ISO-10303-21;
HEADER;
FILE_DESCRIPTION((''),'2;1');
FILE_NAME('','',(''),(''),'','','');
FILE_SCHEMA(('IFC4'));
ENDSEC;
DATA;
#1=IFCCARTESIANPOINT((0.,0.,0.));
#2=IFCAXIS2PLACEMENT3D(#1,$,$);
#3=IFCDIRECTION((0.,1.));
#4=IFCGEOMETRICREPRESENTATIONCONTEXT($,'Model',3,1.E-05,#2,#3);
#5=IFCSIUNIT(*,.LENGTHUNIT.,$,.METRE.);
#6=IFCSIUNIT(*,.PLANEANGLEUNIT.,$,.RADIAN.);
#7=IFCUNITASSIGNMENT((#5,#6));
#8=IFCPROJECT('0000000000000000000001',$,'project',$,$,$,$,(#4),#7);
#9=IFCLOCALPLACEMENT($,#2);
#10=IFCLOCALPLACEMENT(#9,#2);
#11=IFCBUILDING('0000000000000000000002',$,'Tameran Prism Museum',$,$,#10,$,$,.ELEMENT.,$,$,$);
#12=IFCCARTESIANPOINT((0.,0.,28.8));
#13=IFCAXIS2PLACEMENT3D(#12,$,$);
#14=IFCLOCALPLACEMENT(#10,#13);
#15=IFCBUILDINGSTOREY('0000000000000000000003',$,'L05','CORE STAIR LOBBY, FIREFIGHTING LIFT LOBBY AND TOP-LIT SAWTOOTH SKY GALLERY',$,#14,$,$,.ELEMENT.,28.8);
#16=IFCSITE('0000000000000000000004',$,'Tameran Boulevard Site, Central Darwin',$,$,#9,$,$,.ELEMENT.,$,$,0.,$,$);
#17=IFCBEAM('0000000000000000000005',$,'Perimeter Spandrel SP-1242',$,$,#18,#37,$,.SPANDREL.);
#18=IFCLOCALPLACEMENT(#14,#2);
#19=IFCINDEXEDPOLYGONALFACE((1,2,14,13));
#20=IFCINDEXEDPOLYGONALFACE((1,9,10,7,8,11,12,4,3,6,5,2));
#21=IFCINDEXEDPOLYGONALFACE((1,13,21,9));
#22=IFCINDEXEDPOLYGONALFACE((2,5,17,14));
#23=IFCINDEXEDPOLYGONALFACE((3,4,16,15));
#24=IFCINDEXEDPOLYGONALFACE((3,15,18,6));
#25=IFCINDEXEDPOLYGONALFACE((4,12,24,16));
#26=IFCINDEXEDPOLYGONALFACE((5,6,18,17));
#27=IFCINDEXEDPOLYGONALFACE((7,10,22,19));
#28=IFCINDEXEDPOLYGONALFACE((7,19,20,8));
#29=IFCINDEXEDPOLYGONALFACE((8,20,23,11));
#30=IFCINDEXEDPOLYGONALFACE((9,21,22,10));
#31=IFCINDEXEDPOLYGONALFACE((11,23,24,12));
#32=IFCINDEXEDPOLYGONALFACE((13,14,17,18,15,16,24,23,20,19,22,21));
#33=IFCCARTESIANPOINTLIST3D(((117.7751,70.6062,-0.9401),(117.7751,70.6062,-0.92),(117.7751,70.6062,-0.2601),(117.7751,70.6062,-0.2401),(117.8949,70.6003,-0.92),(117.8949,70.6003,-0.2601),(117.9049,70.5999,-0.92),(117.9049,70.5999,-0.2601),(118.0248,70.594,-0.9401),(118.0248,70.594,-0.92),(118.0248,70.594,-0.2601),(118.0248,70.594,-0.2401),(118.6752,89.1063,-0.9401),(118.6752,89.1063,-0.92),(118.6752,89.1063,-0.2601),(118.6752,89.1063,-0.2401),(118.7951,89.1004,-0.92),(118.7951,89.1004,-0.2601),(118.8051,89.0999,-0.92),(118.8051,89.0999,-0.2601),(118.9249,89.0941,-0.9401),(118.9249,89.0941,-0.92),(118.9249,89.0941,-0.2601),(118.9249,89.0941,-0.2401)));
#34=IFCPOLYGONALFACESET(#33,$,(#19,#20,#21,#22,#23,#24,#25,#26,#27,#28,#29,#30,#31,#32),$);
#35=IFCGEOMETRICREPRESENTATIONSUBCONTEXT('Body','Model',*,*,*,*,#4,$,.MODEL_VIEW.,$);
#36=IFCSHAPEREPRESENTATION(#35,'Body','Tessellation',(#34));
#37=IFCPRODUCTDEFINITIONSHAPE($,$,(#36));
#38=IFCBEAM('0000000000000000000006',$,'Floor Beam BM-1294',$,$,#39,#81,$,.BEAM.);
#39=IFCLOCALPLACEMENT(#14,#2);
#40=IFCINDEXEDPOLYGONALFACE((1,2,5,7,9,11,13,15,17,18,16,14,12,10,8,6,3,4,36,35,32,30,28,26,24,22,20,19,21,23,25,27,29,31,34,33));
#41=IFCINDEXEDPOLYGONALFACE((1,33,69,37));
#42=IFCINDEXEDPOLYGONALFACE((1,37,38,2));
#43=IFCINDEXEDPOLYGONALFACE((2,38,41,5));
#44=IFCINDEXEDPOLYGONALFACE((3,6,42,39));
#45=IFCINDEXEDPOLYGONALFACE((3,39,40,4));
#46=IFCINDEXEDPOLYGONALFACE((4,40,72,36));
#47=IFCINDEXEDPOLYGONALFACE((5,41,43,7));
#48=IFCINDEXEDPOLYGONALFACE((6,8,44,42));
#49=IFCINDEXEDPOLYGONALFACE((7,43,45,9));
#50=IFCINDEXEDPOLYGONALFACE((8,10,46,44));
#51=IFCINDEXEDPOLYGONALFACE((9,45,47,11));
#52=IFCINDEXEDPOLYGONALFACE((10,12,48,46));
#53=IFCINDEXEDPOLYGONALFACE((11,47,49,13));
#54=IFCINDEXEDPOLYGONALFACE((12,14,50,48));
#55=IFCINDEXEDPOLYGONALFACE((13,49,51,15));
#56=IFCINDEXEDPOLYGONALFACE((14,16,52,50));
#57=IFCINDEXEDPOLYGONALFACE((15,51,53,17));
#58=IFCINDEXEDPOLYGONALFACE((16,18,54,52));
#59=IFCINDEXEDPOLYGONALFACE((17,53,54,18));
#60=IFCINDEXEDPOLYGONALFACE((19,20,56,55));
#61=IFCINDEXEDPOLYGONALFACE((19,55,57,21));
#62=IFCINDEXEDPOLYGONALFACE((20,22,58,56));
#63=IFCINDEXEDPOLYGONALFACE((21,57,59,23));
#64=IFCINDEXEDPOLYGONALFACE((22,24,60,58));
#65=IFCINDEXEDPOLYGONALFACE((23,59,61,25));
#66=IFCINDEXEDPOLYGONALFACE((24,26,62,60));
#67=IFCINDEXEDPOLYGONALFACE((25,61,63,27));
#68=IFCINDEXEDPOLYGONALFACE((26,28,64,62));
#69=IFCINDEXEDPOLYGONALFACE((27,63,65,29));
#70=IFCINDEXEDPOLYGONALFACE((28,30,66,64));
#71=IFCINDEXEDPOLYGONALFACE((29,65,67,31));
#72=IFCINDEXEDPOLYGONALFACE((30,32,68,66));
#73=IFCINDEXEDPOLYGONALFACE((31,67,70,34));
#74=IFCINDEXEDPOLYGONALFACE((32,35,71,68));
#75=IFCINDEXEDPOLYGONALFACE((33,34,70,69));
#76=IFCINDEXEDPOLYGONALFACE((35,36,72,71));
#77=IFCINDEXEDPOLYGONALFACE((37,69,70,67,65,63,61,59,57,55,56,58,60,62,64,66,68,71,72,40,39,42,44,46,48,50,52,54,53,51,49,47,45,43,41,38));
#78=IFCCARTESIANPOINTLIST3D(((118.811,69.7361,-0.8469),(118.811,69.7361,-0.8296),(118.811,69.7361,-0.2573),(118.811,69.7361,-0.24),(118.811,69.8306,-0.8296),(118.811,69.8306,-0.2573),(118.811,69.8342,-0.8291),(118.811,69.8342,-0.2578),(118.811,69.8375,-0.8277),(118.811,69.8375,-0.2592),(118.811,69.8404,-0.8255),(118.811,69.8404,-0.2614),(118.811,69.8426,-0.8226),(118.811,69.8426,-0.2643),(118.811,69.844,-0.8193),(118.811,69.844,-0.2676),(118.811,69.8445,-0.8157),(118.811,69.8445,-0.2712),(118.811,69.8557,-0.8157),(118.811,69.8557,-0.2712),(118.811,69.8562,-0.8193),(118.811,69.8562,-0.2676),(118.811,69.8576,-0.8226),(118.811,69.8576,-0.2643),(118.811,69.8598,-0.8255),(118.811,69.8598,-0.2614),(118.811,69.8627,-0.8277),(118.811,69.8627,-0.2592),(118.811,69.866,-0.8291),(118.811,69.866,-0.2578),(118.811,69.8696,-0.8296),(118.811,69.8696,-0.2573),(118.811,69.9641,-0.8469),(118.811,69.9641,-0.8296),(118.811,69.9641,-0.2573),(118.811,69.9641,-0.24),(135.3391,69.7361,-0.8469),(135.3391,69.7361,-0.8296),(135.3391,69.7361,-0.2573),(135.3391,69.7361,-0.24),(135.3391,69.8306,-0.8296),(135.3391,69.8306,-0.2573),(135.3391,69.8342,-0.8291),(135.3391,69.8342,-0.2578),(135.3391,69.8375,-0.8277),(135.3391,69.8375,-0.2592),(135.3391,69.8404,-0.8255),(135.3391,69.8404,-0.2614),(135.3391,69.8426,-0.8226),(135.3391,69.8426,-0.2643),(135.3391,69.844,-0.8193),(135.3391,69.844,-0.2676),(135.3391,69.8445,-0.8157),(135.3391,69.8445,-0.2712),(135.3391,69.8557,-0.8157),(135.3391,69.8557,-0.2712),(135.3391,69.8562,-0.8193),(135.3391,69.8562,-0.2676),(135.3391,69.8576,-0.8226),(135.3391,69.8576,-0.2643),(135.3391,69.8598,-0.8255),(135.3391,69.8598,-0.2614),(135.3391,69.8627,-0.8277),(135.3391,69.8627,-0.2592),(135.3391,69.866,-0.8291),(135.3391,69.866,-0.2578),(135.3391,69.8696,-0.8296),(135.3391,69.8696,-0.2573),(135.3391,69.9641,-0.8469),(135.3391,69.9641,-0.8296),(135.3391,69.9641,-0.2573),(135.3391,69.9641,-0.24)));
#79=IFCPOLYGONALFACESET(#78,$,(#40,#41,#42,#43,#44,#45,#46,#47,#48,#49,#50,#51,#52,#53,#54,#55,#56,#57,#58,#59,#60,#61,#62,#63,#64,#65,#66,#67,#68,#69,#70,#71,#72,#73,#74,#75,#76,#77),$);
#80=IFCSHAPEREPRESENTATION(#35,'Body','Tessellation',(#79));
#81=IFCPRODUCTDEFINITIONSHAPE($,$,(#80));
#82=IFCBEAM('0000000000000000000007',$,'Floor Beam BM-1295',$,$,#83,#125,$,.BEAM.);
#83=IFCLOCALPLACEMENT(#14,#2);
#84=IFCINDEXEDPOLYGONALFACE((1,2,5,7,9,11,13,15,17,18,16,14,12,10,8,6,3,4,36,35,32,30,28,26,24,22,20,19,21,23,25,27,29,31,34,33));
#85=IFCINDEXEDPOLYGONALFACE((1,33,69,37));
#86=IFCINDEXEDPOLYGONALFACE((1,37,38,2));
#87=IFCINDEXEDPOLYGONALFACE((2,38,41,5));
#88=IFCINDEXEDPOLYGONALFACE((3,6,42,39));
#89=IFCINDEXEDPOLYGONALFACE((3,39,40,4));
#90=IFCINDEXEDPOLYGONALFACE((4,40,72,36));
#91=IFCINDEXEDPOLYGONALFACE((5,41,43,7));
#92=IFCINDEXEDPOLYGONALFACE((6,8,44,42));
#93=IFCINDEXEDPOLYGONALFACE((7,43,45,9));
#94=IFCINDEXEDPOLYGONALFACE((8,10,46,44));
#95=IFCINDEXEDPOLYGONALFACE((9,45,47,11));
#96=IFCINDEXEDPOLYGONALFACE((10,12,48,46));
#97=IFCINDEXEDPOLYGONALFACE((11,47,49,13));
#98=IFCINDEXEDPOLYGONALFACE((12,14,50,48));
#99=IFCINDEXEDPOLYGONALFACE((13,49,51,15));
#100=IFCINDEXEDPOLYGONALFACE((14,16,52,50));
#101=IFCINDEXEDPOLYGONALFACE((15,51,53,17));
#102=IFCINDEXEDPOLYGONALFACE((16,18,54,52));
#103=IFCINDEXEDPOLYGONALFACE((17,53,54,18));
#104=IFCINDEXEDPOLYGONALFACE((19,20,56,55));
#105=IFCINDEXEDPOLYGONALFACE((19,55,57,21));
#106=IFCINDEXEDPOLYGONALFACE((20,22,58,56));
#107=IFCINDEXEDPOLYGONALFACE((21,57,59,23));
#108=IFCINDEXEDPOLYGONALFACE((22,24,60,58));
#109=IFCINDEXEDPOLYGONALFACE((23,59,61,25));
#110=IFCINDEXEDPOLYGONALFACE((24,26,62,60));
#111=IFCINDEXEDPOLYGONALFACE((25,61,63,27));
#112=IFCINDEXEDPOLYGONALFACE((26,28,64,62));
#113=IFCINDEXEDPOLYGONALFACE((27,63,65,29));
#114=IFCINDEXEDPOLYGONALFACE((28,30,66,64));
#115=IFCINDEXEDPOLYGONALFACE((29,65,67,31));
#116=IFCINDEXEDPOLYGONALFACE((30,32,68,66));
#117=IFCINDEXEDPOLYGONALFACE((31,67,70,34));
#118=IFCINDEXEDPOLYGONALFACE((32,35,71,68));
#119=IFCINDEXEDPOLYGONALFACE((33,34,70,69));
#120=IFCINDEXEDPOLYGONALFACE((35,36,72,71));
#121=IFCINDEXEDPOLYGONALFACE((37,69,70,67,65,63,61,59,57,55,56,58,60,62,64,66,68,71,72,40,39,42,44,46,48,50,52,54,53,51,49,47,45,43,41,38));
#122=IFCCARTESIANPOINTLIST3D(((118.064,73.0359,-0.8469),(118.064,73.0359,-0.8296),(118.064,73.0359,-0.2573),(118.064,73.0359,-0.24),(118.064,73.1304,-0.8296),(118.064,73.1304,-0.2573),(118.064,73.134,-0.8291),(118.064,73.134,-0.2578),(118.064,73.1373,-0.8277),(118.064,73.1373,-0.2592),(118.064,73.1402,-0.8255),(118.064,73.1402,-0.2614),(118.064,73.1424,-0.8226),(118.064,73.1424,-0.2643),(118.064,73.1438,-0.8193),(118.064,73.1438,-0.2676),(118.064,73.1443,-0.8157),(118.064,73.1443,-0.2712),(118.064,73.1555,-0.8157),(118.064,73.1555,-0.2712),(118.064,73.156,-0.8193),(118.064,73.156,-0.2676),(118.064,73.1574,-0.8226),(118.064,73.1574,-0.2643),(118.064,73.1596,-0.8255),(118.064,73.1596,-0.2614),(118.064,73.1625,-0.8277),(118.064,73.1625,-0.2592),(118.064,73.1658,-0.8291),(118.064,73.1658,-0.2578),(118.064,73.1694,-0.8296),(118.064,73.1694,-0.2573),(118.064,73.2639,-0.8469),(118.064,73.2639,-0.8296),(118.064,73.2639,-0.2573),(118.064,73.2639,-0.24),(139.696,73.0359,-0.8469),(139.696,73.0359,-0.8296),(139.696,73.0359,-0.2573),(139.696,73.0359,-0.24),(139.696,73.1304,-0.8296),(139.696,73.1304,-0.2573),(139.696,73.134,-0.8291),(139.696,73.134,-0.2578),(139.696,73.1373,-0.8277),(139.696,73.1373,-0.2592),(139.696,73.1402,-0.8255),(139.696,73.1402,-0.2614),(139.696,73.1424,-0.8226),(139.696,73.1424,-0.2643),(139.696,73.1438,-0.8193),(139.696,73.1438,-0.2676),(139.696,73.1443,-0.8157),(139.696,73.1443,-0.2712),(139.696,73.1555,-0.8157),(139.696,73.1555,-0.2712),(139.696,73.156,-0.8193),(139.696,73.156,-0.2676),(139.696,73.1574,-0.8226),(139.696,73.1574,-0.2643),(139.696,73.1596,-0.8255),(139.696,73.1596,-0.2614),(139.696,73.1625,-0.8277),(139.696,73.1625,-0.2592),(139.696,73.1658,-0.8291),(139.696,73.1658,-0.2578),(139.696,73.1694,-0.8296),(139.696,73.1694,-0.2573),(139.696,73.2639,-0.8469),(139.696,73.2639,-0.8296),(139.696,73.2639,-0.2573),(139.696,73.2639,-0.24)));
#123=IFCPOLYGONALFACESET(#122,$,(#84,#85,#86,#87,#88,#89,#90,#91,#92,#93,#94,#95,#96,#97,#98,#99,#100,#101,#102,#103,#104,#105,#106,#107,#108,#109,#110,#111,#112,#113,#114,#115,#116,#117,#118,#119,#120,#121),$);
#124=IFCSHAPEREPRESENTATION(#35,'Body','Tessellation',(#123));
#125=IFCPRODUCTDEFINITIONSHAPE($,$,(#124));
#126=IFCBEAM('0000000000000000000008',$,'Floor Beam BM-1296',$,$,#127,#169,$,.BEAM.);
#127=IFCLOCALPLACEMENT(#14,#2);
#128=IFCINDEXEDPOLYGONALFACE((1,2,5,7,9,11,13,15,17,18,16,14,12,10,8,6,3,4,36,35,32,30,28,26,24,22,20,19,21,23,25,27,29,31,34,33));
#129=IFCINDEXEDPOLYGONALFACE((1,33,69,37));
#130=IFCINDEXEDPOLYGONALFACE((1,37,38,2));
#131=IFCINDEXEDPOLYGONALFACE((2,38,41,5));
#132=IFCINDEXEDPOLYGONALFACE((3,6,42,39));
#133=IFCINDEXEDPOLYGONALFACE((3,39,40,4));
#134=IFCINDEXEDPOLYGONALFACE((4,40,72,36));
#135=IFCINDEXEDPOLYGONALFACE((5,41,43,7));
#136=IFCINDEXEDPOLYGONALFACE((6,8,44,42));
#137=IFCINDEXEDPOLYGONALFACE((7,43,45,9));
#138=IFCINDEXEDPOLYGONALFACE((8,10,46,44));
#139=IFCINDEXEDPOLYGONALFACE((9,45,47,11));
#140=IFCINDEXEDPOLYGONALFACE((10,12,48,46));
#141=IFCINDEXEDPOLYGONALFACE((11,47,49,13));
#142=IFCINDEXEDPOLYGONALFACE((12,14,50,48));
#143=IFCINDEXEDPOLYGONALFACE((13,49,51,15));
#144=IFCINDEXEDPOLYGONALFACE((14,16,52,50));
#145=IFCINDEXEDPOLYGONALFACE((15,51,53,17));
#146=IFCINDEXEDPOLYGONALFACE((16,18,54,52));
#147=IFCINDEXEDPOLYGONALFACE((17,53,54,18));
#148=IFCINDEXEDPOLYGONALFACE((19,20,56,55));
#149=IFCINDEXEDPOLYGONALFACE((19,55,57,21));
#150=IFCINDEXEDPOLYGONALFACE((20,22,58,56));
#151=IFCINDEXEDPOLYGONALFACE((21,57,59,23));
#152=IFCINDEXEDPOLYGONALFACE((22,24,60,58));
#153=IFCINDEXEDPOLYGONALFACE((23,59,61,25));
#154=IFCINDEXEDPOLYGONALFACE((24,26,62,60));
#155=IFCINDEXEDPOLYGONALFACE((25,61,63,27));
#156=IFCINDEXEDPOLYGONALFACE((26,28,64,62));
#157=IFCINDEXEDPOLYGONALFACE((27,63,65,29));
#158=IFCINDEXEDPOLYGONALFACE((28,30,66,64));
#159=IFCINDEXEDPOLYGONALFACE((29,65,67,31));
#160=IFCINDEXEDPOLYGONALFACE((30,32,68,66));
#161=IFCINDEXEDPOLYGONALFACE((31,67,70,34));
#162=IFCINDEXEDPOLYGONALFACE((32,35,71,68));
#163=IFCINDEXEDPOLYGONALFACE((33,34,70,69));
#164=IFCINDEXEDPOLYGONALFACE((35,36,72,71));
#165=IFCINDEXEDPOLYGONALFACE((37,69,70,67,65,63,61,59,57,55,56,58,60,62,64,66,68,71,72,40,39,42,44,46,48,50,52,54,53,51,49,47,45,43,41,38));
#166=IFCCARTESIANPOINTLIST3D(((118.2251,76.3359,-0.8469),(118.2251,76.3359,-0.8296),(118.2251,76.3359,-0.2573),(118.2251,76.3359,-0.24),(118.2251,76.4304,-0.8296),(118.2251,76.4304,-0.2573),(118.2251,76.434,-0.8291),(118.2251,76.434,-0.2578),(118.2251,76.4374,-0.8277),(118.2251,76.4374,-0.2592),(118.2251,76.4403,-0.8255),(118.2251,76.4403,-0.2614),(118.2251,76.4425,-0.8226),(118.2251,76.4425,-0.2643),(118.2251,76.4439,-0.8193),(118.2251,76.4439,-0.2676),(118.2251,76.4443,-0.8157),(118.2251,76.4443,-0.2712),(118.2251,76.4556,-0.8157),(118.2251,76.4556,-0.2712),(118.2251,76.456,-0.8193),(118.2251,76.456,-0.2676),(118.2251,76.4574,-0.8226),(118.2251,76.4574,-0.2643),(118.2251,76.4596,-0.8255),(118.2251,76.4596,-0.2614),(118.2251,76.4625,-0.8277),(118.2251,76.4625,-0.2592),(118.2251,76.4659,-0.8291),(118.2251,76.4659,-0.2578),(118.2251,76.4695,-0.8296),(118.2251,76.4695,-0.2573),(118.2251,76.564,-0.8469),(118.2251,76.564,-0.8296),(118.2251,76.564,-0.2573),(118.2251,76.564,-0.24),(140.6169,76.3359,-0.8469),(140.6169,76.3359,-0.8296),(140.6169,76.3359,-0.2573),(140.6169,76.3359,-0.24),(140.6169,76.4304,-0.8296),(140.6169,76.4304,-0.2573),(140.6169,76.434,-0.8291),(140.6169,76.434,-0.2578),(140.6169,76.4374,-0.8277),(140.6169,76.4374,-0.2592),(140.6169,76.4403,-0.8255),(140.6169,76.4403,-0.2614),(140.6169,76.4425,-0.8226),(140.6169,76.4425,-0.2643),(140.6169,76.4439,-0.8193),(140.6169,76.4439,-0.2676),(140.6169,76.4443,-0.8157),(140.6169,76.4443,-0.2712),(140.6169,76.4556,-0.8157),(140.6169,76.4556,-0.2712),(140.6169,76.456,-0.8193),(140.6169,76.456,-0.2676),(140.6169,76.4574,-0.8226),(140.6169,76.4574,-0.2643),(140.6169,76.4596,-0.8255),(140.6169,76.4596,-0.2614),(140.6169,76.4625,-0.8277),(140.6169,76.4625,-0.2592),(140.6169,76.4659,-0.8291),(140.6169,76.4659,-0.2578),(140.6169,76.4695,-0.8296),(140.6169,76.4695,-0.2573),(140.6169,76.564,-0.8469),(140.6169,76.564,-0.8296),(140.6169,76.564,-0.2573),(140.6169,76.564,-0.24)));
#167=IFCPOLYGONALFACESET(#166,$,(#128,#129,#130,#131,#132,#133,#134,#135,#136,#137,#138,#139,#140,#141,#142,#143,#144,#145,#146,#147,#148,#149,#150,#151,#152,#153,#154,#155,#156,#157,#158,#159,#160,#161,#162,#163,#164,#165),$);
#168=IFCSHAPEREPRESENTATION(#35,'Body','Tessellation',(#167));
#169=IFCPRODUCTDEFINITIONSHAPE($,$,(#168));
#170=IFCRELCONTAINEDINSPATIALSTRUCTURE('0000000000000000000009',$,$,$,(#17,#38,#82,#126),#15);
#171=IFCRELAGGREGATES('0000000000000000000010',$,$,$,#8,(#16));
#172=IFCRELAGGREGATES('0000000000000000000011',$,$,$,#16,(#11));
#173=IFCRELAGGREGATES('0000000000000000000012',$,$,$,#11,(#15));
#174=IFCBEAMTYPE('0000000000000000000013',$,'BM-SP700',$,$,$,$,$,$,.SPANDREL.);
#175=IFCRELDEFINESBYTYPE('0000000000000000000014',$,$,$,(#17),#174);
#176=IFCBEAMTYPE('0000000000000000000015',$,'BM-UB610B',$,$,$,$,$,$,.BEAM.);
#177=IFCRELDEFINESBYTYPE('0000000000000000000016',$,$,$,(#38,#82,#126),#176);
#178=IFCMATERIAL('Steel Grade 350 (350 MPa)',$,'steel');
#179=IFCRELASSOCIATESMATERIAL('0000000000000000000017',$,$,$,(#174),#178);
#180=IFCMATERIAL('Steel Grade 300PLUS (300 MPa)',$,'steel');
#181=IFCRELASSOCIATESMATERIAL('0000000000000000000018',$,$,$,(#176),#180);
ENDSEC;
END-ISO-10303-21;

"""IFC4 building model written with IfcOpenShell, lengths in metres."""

from ifc_helpers import new_model, si_unit, direction, frame, origin, origin_2d, place, context, subcontext, project, spatial, i_section, extrude, material, material_profile, profile_set, type_object, element, save


model = new_model("IFC4")

# Units and contexts
model_context = context("Model", 3, precision=1e-05, world=origin(), true_north=direction((0.0, 1.0)))
body_context = subcontext(model_context, "Body", "Model", "MODEL_VIEW")
ifc_project = project(units=[si_unit("LENGTHUNIT", "METRE"), si_unit("PLANEANGLEUNIT", "RADIAN")], contexts=[model_context])

# Site, building, storey
site_placement = place(None, origin())
site = spatial("IfcSite", under=ifc_project, at=site_placement, Name="Tameran Boulevard Site, Central Darwin", CompositionType="ELEMENT", RefElevation=0.0)
building_placement = place(site_placement, origin())
building = spatial("IfcBuilding", under=site, at=building_placement, Name="Tameran Prism Museum", CompositionType="ELEMENT")
storey_placement = place(building_placement, frame((0.0, 0.0, 28.8)))
storey = spatial("IfcBuildingStorey", under=building, at=storey_placement, Name="L05", Description="CORE STAIR LOBBY, FIREFIGHTING LIFT LOBBY AND TOP-LIT SAWTOOTH SKY GALLERY", CompositionType="ELEMENT", Elevation=28.8)

# Beams
ifc_material_1 = material(Name="Steel Grade 350 (350 MPa)", Category="steel")
ifc_material_profile_1 = material_profile(ifc_material_1, i_section(OverallWidth=0.25, OverallDepth=0.7, WebThickness=0.01, FlangeThickness=0.02, at=origin_2d()))
ifc_profile_set_1 = profile_set([ifc_material_profile_1])
beam_type_1 = type_object("IfcBeamType", Name="BM-SP700", PredefinedType="SPANDREL", material=ifc_profile_set_1)
beam_1_placement = place(storey_placement, frame((117.8999, 70.6001, -0.5901), z_axis=(0.048599, 0.998818, 0.0), x_axis=(-0.998818, 0.048599, 0.0)))
element("IfcBeam", 1, at=beam_1_placement, inside=storey, type_object=beam_type_1, Name="Perimeter Spandrel SP-1242", PredefinedType="SPANDREL", context=body_context, shape_type="SweptSolid", body=[
    extrude(i_section(OverallWidth=0.25, OverallDepth=0.7, WebThickness=0.01, FlangeThickness=0.02, at=origin_2d()), origin(), (0.0, 0.0, 1.0), 18.522),
])
ifc_material_2 = material(Name="Steel Grade 300PLUS (300 MPa)", Category="steel")
ifc_material_profile_2 = material_profile(ifc_material_2, i_section(OverallWidth=0.228, OverallDepth=0.6069, WebThickness=0.0112, FlangeThickness=0.0173, FilletRadius=0.0139, at=origin_2d()))
ifc_profile_set_2 = profile_set([ifc_material_profile_2])
beam_type_2 = type_object("IfcBeamType", Name="BM-UB610B", PredefinedType="BEAM", material=ifc_profile_set_2)
beam_2_placement = place(storey_placement, frame((118.811, 69.8501, -0.5435), z_axis=(1.0, 0.0, 0.0), x_axis=(0.0, 1.0, 0.0)))
element("IfcBeam", 2, at=beam_2_placement, inside=storey, type_object=beam_type_2, Name="Floor Beam BM-1294", PredefinedType="BEAM", context=body_context, shape_type="SweptSolid", body=[
    extrude(i_section(OverallWidth=0.228, OverallDepth=0.6069, WebThickness=0.0112, FlangeThickness=0.0173, FilletRadius=0.0139, at=origin_2d()), origin(), (0.0, 0.0, 1.0), 16.5281),
])
beam_3_placement = place(storey_placement, frame((118.064, 73.1499, -0.5435), z_axis=(1.0, 0.0, 0.0), x_axis=(0.0, 1.0, 0.0)))
element("IfcBeam", 3, at=beam_3_placement, inside=storey, type_object=beam_type_2, Name="Floor Beam BM-1295", PredefinedType="BEAM", context=body_context, shape_type="SweptSolid", body=[
    extrude(i_section(OverallWidth=0.228, OverallDepth=0.6069, WebThickness=0.0112, FlangeThickness=0.0173, FilletRadius=0.0139, at=origin_2d()), origin(), (0.0, 0.0, 1.0), 21.6321),
])
beam_4_placement = place(storey_placement, frame((118.2251, 76.45, -0.5435), z_axis=(1.0, 0.0, 0.0), x_axis=(0.0, 1.0, 0.0)))
element("IfcBeam", 4, at=beam_4_placement, inside=storey, type_object=beam_type_2, Name="Floor Beam BM-1296", PredefinedType="BEAM", context=body_context, shape_type="SweptSolid", body=[
    extrude(i_section(OverallWidth=0.228, OverallDepth=0.6069, WebThickness=0.0112, FlangeThickness=0.0173, FilletRadius=0.0139, at=origin_2d()), origin(), (0.0, 0.0, 1.0), 22.3918),
])

save(model, "model.ifc")
